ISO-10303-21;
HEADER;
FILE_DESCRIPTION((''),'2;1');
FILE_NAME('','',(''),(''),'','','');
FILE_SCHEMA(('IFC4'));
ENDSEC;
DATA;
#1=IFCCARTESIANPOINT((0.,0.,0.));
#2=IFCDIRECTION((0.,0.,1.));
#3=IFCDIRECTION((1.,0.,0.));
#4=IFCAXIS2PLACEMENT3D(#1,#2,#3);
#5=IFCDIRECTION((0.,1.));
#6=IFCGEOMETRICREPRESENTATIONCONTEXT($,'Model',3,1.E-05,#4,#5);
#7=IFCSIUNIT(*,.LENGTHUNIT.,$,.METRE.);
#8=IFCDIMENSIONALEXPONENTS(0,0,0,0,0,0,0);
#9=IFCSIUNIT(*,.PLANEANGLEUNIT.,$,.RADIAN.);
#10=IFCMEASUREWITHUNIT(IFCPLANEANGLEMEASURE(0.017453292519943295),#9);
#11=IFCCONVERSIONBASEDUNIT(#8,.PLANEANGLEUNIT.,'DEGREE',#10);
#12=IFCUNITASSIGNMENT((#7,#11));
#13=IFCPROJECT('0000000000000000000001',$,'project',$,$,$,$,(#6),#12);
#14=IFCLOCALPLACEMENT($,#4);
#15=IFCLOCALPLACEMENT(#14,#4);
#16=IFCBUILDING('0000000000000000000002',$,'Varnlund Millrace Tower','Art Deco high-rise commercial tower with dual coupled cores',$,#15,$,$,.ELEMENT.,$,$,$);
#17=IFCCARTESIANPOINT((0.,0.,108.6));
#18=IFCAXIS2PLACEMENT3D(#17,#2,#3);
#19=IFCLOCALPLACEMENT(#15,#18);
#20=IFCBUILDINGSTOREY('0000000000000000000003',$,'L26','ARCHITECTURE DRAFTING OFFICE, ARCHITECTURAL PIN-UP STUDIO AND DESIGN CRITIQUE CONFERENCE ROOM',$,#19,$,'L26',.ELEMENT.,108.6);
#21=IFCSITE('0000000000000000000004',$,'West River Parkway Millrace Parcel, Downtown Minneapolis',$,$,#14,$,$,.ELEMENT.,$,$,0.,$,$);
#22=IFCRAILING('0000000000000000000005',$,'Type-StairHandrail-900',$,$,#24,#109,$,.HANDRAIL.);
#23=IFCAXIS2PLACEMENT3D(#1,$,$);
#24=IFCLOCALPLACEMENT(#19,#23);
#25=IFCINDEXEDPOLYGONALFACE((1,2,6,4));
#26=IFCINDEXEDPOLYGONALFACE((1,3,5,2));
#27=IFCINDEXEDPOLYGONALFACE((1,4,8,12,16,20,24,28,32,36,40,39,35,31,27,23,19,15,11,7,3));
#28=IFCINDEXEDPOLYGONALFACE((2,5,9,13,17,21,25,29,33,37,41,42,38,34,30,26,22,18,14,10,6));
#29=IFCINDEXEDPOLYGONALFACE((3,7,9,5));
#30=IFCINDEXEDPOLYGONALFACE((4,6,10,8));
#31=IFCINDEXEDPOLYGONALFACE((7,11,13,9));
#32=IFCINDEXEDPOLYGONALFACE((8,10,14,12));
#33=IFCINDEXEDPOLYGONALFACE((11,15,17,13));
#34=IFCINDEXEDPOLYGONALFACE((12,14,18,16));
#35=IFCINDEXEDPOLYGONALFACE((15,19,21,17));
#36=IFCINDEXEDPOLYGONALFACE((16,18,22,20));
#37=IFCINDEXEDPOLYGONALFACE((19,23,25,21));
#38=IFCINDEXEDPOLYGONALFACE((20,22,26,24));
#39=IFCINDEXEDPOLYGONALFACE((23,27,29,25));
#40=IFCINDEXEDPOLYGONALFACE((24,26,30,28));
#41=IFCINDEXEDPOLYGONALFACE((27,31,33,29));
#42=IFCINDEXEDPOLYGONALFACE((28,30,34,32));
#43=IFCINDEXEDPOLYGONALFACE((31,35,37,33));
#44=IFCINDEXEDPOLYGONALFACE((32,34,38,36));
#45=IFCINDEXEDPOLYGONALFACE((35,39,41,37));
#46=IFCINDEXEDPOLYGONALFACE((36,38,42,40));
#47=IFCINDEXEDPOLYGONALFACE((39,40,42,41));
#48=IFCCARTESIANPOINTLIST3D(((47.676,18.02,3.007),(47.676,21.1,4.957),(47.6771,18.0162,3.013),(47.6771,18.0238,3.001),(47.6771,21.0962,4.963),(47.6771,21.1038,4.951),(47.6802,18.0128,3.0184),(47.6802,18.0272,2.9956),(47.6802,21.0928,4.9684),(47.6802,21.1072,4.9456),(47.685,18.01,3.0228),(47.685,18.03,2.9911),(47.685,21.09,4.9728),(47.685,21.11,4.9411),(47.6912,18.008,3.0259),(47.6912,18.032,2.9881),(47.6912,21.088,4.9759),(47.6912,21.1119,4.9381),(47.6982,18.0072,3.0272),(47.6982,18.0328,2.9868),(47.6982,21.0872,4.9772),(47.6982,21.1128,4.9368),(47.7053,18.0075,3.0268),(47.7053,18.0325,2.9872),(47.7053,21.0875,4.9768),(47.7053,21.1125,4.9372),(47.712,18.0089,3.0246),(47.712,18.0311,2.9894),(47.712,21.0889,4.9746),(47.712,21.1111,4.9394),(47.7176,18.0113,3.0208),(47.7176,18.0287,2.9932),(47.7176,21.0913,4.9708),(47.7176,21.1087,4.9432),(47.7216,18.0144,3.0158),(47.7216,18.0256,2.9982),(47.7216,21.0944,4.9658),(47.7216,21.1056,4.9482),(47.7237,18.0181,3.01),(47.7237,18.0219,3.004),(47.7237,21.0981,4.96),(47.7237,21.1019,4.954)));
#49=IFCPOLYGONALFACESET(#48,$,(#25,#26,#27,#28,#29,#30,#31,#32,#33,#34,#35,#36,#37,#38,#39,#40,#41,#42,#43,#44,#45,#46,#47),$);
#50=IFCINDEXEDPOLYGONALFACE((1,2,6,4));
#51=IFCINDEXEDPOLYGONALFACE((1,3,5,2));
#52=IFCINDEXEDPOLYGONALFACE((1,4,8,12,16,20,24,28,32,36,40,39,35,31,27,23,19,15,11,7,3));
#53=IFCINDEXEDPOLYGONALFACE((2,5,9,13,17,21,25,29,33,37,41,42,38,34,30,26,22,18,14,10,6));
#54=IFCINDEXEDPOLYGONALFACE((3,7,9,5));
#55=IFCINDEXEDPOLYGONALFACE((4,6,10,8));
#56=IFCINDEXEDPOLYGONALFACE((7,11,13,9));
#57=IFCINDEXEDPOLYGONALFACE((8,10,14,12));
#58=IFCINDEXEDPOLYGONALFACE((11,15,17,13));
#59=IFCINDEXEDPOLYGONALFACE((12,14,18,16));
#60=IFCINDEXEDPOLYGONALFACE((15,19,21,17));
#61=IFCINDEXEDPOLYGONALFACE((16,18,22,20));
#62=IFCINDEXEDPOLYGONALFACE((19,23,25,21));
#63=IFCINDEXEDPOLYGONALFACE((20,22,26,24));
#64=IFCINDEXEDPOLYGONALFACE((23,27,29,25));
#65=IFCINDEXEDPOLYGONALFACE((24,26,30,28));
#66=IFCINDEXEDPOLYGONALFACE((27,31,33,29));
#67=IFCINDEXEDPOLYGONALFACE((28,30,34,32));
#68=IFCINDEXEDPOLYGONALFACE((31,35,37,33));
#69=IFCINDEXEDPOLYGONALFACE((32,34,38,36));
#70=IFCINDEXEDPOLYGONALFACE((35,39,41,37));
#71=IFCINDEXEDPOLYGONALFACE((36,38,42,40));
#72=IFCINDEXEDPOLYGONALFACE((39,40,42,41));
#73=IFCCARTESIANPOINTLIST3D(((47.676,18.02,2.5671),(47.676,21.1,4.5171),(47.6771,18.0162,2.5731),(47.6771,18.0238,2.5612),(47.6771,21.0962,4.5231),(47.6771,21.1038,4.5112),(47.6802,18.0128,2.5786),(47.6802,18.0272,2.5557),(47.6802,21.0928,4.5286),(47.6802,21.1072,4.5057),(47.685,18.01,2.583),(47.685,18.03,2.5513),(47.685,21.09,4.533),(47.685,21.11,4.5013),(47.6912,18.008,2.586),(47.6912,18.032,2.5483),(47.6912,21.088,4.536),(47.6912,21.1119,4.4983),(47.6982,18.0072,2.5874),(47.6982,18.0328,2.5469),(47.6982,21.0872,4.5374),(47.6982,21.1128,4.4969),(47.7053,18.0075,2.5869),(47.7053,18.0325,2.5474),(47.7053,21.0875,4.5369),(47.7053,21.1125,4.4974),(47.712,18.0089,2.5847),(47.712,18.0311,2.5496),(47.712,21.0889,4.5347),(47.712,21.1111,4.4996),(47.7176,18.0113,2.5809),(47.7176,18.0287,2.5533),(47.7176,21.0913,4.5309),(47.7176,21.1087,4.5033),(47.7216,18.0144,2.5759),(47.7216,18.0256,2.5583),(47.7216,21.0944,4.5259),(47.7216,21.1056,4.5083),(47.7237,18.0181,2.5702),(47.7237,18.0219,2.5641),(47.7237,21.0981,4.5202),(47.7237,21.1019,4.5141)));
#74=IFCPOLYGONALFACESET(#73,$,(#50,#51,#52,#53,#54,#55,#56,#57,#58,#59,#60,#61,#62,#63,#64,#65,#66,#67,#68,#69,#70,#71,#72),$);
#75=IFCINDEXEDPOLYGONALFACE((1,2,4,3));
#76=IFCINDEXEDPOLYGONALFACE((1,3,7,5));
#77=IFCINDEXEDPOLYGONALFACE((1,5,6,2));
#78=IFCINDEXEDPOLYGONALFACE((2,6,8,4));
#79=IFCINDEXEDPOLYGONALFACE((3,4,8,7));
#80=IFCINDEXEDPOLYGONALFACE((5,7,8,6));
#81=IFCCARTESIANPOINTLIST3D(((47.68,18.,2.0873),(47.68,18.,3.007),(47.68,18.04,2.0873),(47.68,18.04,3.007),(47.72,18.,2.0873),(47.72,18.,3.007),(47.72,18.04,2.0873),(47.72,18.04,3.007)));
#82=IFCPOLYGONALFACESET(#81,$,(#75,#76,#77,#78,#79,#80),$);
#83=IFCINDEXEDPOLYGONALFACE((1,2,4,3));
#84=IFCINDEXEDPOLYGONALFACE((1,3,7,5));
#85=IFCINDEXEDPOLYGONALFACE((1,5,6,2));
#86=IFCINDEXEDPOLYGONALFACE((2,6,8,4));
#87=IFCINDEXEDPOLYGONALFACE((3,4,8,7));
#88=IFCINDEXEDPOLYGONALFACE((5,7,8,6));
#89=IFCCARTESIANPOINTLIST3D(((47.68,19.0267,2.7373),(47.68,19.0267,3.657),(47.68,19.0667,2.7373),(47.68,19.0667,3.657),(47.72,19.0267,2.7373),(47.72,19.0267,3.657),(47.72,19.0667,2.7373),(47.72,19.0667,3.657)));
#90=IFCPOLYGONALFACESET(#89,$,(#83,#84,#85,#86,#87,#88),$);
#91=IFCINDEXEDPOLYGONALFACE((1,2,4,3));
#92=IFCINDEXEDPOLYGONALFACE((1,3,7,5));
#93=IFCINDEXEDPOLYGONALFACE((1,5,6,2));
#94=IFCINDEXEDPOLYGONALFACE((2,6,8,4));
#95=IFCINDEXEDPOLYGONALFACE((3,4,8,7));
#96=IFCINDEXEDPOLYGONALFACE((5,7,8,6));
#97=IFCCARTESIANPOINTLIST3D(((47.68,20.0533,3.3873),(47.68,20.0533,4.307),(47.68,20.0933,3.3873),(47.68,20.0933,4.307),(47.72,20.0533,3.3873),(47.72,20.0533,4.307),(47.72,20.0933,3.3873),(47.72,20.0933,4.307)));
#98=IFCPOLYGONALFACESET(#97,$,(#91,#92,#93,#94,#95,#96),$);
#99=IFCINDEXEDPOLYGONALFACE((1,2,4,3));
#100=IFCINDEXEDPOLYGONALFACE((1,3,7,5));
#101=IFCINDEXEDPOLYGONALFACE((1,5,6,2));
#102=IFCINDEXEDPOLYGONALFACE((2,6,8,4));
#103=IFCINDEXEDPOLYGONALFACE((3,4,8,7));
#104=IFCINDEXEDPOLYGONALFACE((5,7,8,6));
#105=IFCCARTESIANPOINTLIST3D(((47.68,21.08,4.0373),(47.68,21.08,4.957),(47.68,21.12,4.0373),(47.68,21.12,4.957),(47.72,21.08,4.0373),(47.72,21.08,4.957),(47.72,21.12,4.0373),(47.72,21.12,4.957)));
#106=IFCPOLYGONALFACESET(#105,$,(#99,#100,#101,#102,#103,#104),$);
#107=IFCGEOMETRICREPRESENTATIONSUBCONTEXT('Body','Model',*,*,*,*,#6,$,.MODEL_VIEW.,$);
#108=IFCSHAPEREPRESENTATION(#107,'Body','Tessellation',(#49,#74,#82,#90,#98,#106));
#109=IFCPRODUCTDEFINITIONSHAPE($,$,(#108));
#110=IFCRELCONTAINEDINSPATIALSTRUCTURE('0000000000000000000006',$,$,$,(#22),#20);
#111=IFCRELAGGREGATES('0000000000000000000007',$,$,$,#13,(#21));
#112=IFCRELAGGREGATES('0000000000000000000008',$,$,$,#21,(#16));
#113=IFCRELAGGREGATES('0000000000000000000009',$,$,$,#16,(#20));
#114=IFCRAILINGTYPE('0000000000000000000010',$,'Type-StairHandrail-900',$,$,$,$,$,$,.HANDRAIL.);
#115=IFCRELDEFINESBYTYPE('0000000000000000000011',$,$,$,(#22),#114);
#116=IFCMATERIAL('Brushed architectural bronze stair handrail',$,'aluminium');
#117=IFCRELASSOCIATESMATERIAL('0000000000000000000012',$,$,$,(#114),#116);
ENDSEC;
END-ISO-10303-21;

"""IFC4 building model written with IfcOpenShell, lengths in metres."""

from ifc_helpers import new_model, entity, si_unit, converted_unit, direction, frame, origin_with_axes, origin_2d_with_axis, place, context, subcontext, project, spatial, rectangle, circle, extrude, material, type_object, element, save


model = new_model("IFC4")

# Units and contexts
model_context = context("Model", 3, precision=1e-05, world=origin_with_axes(), true_north=direction((0.0, 1.0)))
body_context = subcontext(model_context, "Body", "Model", "MODEL_VIEW")
ifc_project = project(units=[si_unit("LENGTHUNIT", "METRE"), converted_unit("PLANEANGLEUNIT", "DEGREE", entity("IfcPlaneAngleMeasure", 0.017453292519943295), si_unit("PLANEANGLEUNIT", "RADIAN"), dimensions=[0, 0, 0, 0, 0, 0, 0])], contexts=[model_context])

# Site, building, storey
site_placement = place(None, origin_with_axes())
site = spatial("IfcSite", under=ifc_project, at=site_placement, Name="West River Parkway Millrace Parcel, Downtown Minneapolis", CompositionType="ELEMENT", RefElevation=0.0)
building_placement = place(site_placement, origin_with_axes())
building = spatial("IfcBuilding", under=site, at=building_placement, Name="Varnlund Millrace Tower", Description="Art Deco high-rise commercial tower with dual coupled cores", CompositionType="ELEMENT")
storey_placement = place(building_placement, frame((0.0, 0.0, 108.6), z_axis=(0.0, 0.0, 1.0), x_axis=(1.0, 0.0, 0.0)))
storey = spatial("IfcBuildingStorey", under=building, at=storey_placement, Name="L26", Description="ARCHITECTURE DRAFTING OFFICE, ARCHITECTURAL PIN-UP STUDIO AND DESIGN CRITIQUE CONFERENCE ROOM", LongName="L26", CompositionType="ELEMENT", Elevation=108.6)

# Railing
ifc_material_1 = material(Name="Brushed architectural bronze stair handrail", Category="aluminium")
railing_type_1 = type_object("IfcRailingType", Name="Type-StairHandrail-900", PredefinedType="HANDRAIL", material=ifc_material_1)
railing_1_placement = place(storey_placement, frame((0.0, 0.0, -108.6), z_axis=(0.0, 0.0, 1.0), x_axis=(1.0, 0.0, 0.0)))
element("IfcRailing", 1, at=railing_1_placement, inside=storey, type_object=railing_type_1, Name="Type-StairHandrail-900", PredefinedType="HANDRAIL", context=body_context, shape_type="SweptSolid", body=[
    extrude(circle(Radius=0.024, at=origin_2d_with_axis()), frame((47.7, 18.02, 111.607), z_axis=(0.0, 0.844902, 0.534922), x_axis=(-1.0, 0.0, 0.0)), (0.0, 0.0, 1.0), 3.6454),
    extrude(circle(Radius=0.024, at=origin_2d_with_axis()), frame((47.7, 18.02, 111.1671), z_axis=(0.0, 0.844902, 0.534922), x_axis=(-1.0, 0.0, 0.0)), (0.0, 0.0, 1.0), 3.6454),
    extrude(rectangle(XDim=0.04, YDim=0.04, at=origin_2d_with_axis()), frame((47.7, 18.02, 110.6873), z_axis=(0.0, 0.0, 1.0), x_axis=(1.0, 0.0, 0.0)), (0.0, 0.0, 1.0), 0.9197),
    extrude(rectangle(XDim=0.04, YDim=0.04, at=origin_2d_with_axis()), frame((47.7, 19.0467, 111.3373), z_axis=(0.0, 0.0, 1.0), x_axis=(1.0, 0.0, 0.0)), (0.0, 0.0, 1.0), 0.9197),
    extrude(rectangle(XDim=0.04, YDim=0.04, at=origin_2d_with_axis()), frame((47.7, 20.0733, 111.9873), z_axis=(0.0, 0.0, 1.0), x_axis=(1.0, 0.0, 0.0)), (0.0, 0.0, 1.0), 0.9197),
    extrude(rectangle(XDim=0.04, YDim=0.04, at=origin_2d_with_axis()), frame((47.7, 21.1, 112.6373), z_axis=(0.0, 0.0, 1.0), x_axis=(1.0, 0.0, 0.0)), (0.0, 0.0, 1.0), 0.9197),
])

save(model, "model.ifc")
